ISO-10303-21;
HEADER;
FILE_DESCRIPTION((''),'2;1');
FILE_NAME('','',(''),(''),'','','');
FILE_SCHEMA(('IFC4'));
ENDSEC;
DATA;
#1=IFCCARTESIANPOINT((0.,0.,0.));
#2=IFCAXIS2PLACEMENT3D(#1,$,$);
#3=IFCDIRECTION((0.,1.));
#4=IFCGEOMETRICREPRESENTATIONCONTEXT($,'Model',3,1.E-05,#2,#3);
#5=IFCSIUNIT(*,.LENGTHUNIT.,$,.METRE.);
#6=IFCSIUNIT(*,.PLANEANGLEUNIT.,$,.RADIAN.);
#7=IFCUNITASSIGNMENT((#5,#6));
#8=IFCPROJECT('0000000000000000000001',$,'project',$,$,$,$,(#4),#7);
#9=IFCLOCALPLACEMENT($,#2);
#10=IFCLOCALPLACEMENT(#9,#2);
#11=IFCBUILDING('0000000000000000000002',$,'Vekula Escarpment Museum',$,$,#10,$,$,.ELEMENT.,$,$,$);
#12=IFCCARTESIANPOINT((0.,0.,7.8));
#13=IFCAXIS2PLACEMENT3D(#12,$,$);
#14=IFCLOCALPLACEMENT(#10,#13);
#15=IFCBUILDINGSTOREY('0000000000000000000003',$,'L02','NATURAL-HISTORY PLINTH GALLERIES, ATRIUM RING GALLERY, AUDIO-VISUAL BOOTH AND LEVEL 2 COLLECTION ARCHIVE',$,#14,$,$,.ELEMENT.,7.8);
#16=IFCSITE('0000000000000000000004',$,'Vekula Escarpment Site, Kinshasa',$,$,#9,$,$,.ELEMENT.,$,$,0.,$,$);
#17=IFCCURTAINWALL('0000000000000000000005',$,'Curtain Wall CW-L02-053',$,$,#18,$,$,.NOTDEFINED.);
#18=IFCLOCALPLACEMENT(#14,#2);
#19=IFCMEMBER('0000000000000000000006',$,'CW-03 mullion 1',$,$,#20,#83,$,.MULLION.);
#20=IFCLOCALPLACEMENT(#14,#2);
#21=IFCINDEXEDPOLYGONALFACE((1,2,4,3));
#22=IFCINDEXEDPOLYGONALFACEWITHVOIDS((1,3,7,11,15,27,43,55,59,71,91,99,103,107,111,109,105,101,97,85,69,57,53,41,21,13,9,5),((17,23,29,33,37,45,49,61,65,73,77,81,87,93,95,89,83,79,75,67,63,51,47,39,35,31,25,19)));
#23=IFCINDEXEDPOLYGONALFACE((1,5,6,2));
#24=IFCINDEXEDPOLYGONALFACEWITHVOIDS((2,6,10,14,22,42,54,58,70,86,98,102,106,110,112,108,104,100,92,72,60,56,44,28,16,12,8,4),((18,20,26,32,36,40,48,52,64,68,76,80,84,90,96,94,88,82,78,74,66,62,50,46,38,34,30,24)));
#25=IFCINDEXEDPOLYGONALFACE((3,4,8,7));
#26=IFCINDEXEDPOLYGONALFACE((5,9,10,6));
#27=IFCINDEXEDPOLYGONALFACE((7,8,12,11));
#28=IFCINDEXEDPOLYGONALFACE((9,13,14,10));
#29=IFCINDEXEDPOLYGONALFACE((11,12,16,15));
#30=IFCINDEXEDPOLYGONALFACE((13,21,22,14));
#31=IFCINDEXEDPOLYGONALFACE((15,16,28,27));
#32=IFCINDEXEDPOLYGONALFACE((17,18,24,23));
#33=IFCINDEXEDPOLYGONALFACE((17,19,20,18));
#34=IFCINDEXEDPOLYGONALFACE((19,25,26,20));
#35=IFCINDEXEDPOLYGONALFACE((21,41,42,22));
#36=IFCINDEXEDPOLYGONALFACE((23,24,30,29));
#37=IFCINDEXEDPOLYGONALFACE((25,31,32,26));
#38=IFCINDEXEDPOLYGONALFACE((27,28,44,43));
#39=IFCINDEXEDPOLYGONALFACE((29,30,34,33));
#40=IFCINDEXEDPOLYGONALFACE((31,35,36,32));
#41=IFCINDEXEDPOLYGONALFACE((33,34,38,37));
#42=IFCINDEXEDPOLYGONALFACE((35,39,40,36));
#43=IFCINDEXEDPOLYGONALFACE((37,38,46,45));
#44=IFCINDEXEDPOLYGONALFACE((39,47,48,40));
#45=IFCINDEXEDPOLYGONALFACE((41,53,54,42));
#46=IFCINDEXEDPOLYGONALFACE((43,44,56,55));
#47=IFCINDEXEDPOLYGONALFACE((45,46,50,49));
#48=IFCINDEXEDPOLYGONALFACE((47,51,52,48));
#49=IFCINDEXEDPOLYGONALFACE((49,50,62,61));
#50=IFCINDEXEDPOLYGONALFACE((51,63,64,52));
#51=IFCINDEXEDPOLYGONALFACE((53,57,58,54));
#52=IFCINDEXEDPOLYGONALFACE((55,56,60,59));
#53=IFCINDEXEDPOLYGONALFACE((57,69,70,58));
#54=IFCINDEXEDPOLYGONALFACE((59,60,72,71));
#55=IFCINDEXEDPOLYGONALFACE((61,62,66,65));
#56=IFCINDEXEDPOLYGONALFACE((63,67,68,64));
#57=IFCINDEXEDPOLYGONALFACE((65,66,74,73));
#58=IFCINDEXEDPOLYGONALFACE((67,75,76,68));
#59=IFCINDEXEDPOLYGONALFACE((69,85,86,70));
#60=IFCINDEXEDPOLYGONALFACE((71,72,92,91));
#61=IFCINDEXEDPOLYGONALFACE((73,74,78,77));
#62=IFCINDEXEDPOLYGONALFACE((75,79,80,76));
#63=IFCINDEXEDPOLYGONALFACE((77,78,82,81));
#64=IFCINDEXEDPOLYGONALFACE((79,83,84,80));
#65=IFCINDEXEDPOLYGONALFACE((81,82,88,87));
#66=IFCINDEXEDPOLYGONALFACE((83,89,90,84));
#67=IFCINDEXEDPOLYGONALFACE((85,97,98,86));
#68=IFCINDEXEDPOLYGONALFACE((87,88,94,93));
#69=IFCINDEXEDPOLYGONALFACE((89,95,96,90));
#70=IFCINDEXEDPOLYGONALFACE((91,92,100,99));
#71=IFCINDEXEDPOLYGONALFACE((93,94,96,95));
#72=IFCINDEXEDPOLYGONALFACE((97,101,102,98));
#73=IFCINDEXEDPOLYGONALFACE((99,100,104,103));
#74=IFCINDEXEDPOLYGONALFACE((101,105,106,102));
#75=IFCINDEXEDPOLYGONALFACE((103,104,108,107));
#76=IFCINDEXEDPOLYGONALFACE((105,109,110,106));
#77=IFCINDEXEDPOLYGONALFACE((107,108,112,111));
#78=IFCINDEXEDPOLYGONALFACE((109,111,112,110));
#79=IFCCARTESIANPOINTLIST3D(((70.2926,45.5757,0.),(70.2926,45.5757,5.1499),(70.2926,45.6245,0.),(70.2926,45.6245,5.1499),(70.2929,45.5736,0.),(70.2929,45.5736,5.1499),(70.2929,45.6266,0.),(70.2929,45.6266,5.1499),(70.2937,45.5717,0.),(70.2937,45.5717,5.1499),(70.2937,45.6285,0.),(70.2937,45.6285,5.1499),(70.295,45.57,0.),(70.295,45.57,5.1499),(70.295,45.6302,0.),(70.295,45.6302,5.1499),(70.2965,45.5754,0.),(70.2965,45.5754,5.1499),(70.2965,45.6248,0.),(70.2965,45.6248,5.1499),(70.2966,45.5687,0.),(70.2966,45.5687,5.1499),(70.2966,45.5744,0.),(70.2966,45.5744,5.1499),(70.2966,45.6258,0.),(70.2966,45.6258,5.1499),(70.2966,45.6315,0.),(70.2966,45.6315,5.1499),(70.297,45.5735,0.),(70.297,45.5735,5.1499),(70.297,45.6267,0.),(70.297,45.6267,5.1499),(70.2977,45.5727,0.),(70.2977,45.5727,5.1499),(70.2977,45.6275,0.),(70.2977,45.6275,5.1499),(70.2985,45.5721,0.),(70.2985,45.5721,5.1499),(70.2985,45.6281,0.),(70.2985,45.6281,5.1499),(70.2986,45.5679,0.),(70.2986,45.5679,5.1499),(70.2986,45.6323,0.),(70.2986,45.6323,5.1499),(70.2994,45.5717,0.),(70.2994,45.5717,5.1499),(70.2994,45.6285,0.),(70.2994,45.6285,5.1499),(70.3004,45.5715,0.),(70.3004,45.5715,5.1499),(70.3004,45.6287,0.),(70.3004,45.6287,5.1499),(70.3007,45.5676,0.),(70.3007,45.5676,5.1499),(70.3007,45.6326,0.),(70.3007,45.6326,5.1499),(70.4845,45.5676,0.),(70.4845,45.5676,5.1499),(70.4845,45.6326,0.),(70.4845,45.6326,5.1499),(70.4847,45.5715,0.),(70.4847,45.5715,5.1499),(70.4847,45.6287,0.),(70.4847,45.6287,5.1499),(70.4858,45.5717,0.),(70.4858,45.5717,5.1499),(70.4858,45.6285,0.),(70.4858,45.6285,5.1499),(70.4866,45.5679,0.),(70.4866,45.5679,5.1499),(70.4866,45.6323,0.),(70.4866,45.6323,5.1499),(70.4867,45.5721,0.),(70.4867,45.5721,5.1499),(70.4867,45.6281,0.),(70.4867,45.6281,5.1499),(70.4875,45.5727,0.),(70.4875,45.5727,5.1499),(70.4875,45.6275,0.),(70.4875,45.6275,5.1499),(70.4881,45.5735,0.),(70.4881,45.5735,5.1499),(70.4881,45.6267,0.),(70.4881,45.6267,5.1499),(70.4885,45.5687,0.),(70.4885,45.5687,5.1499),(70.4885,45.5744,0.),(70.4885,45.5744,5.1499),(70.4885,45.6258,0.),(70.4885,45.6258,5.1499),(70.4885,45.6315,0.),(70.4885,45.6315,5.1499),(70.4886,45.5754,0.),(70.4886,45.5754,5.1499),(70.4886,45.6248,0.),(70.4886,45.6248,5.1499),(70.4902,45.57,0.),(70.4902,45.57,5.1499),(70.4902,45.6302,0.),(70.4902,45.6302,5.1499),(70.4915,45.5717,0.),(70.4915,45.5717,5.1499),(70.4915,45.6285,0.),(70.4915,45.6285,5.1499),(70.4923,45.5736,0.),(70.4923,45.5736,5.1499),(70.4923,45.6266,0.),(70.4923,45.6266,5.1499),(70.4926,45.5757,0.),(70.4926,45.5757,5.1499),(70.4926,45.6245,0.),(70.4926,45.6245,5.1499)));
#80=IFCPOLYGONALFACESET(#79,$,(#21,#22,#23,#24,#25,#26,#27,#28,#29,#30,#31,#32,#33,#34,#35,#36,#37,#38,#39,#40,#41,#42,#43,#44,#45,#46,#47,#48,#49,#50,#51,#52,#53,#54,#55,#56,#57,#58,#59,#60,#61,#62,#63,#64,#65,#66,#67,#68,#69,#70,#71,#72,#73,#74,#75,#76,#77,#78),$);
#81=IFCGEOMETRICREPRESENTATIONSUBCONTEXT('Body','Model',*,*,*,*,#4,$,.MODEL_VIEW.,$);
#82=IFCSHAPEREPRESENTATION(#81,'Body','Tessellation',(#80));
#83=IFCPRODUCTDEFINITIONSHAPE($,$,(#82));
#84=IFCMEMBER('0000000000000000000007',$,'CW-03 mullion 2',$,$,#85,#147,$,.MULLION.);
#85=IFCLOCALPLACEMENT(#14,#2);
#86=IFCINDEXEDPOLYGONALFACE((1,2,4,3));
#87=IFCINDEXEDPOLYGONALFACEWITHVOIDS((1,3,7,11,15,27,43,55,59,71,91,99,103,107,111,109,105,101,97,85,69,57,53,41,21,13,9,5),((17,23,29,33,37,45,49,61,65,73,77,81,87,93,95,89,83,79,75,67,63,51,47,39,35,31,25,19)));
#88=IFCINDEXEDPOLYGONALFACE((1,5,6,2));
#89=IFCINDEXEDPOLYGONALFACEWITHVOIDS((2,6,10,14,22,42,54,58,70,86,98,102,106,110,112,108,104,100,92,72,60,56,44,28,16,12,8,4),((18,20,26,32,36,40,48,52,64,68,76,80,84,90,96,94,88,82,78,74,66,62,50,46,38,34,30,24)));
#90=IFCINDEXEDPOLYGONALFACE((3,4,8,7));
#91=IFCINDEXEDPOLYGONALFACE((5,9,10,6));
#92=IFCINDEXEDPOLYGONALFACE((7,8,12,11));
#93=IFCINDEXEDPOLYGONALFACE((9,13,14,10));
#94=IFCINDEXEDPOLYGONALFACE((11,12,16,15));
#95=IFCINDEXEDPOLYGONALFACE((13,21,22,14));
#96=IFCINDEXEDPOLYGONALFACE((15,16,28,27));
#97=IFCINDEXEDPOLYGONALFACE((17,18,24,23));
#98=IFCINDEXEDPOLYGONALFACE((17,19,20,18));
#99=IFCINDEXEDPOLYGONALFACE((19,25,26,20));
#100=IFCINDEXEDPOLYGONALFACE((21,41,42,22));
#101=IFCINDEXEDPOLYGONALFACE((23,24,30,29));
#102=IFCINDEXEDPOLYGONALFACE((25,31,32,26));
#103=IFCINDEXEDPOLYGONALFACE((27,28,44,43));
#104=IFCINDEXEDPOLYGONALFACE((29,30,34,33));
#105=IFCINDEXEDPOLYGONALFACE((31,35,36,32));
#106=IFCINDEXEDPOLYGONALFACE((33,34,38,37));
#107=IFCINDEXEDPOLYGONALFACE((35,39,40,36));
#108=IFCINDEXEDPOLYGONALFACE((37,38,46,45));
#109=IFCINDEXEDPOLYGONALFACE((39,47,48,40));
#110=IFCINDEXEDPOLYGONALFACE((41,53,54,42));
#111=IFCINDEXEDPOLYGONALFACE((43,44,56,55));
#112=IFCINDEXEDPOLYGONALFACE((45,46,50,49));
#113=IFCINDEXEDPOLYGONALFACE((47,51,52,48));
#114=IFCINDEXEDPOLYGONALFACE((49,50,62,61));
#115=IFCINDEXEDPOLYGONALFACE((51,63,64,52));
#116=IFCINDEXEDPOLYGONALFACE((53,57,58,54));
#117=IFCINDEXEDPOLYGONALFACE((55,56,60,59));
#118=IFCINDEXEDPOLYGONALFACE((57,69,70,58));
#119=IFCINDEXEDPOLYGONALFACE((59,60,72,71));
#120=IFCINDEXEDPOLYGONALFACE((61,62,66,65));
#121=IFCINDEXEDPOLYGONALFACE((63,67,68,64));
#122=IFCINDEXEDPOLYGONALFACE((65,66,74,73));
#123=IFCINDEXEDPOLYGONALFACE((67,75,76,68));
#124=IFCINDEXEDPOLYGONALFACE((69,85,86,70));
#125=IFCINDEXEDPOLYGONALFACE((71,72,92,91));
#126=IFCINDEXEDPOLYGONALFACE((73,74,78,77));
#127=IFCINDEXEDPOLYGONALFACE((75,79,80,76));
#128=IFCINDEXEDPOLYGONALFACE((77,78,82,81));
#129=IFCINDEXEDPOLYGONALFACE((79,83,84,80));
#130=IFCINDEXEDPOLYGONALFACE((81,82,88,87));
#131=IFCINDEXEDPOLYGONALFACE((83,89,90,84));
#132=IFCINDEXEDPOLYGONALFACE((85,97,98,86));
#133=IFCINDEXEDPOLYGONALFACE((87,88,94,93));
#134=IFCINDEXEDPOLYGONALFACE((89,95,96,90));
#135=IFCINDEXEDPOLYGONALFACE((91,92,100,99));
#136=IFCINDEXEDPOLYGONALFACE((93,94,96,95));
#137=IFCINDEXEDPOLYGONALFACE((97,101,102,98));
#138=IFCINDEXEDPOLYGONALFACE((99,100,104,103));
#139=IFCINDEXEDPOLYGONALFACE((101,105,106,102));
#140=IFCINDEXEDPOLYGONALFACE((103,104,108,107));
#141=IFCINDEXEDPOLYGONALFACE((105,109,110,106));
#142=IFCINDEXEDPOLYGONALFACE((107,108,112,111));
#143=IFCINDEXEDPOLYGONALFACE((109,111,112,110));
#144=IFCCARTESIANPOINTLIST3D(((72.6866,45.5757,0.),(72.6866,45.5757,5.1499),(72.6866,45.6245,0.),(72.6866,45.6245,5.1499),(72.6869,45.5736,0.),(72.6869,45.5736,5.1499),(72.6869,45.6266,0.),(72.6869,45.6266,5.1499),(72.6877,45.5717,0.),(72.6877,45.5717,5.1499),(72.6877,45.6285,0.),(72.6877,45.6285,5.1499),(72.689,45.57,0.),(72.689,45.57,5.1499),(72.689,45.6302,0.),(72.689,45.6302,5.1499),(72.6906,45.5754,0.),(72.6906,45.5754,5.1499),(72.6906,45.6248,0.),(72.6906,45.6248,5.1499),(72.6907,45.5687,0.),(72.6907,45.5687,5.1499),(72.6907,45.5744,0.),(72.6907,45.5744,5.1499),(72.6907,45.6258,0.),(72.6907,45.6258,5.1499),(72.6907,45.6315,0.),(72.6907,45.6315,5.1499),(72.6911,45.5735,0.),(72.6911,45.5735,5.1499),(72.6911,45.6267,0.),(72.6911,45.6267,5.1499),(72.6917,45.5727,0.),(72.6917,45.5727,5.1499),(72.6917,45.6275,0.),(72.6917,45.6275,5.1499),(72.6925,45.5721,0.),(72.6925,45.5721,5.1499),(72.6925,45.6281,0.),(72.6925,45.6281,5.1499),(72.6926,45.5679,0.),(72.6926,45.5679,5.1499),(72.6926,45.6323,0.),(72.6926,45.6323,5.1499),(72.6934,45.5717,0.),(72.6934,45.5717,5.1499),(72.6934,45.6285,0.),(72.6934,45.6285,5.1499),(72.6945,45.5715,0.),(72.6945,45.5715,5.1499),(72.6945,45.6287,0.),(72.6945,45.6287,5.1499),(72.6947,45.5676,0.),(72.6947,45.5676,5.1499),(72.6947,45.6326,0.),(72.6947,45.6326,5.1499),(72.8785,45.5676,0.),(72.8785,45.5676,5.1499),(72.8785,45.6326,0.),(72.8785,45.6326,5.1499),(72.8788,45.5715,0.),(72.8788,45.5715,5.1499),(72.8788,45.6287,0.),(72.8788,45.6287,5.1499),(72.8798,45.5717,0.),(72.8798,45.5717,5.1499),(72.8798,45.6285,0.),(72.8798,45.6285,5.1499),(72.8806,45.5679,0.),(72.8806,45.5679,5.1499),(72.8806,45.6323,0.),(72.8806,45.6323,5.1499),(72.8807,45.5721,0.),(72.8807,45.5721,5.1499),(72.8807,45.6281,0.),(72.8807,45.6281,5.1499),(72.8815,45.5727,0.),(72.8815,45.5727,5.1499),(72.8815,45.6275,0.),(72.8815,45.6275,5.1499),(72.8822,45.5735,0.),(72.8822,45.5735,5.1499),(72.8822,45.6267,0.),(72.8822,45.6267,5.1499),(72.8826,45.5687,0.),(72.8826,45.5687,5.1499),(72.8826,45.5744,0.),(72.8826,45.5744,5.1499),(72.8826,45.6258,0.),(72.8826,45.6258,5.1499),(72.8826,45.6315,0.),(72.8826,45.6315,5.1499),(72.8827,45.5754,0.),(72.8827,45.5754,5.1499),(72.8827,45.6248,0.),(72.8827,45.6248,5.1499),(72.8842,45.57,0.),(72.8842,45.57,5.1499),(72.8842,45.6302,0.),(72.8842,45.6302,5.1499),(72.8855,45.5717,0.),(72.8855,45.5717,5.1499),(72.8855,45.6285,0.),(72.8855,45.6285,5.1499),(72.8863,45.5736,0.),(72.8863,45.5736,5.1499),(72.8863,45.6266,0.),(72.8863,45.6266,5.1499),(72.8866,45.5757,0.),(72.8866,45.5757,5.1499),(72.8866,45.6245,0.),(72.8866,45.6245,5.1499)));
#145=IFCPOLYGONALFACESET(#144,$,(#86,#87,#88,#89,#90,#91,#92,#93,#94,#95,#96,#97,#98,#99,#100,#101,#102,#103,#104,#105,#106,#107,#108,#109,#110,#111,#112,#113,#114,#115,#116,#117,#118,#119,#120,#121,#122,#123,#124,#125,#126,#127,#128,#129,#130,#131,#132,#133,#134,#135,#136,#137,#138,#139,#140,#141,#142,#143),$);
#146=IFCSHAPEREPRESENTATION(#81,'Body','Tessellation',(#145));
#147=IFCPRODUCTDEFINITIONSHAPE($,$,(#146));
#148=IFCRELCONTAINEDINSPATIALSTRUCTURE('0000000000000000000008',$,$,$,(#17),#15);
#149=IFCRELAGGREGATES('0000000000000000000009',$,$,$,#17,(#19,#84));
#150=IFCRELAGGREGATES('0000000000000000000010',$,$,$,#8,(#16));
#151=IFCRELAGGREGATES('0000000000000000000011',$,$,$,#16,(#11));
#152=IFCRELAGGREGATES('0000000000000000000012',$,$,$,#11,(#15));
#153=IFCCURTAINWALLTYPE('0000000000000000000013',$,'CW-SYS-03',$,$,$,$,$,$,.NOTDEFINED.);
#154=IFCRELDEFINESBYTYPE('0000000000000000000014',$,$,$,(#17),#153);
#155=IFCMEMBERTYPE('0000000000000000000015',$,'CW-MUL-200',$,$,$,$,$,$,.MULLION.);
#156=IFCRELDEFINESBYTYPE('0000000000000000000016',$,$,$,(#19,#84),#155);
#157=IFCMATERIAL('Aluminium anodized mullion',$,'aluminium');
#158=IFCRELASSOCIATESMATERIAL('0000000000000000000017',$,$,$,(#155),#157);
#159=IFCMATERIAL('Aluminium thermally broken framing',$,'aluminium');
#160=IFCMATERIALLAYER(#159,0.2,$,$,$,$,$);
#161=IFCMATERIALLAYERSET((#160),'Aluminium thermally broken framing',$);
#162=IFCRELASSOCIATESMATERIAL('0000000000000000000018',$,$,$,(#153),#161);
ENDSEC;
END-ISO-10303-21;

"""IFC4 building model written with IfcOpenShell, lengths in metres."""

from ifc_helpers import new_model, si_unit, direction, frame, origin, origin_2d, place, context, subcontext, project, spatial, hollow_rectangle, extrude, material, layer, layer_set, material_profile, profile_set, type_object, element, aggregate, save


model = new_model("IFC4")

# Units and contexts
model_context = context("Model", 3, precision=1e-05, world=origin(), true_north=direction((0.0, 1.0)))
body_context = subcontext(model_context, "Body", "Model", "MODEL_VIEW")
ifc_project = project(units=[si_unit("LENGTHUNIT", "METRE"), si_unit("PLANEANGLEUNIT", "RADIAN")], contexts=[model_context])

# Site, building, storey
site_placement = place(None, origin())
site = spatial("IfcSite", under=ifc_project, at=site_placement, Name="Vekula Escarpment Site, Kinshasa", CompositionType="ELEMENT", RefElevation=0.0)
building_placement = place(site_placement, origin())
building = spatial("IfcBuilding", under=site, at=building_placement, Name="Vekula Escarpment Museum", CompositionType="ELEMENT")
storey_placement = place(building_placement, frame((0.0, 0.0, 7.8)))
storey = spatial("IfcBuildingStorey", under=building, at=storey_placement, Name="L02", Description="NATURAL-HISTORY PLINTH GALLERIES, ATRIUM RING GALLERY, AUDIO-VISUAL BOOTH AND LEVEL 2 COLLECTION ARCHIVE", CompositionType="ELEMENT", Elevation=7.8)

# Curtain wall, members
ifc_material_1 = material(Name="Aluminium anodized mullion", Category="aluminium")
ifc_material_profile_1 = material_profile(ifc_material_1, hollow_rectangle(XDim=0.0649, YDim=0.2, WallThickness=0.0039, InnerFilletRadius=0.0039, OuterFilletRadius=0.0081, at=origin_2d()), Name="ALU 200x65x4")
ifc_profile_set_1 = profile_set([ifc_material_profile_1], Name="Aluminium anodized mullion")
member_type_1 = type_object("IfcMemberType", Name="CW-MUL-200", PredefinedType="MULLION", material=ifc_profile_set_1)
ifc_material_2 = material(Name="Aluminium thermally broken framing", Category="aluminium")
ifc_layer_1 = layer(ifc_material_2, 0.2)
ifc_layer_set_1 = layer_set([ifc_layer_1], Name="Aluminium thermally broken framing")
curtain_wall_type_1 = type_object("IfcCurtainWallType", Name="CW-SYS-03", PredefinedType="NOTDEFINED", material=ifc_layer_set_1)
curtain_wall_1_placement = place(storey_placement, origin())
curtain_wall_1 = element("IfcCurtainWall", 1, at=curtain_wall_1_placement, inside=storey, type_object=curtain_wall_type_1, Name="Curtain Wall CW-L02-053", PredefinedType="NOTDEFINED")
member_1_placement = place(storey_placement, frame((70.3926, 45.6001, 0.0), z_axis=(0.0, 0.0, 1.0), x_axis=(0.0, 1.0, 0.0)))
member_1 = element("IfcMember", 2, at=member_1_placement, type_object=member_type_1, Name="CW-03 mullion 1", PredefinedType="MULLION", context=body_context, shape_type="SweptSolid", body=[
    extrude(hollow_rectangle(XDim=0.0649, YDim=0.2, WallThickness=0.0039, InnerFilletRadius=0.0039, OuterFilletRadius=0.0081, at=origin_2d()), origin(), (0.0, 0.0, 1.0), 5.1499),
])
member_2_placement = place(storey_placement, frame((72.7866, 45.6001, 0.0), z_axis=(0.0, 0.0, 1.0), x_axis=(0.0, 1.0, 0.0)))
member_2 = element("IfcMember", 3, at=member_2_placement, type_object=member_type_1, Name="CW-03 mullion 2", PredefinedType="MULLION", context=body_context, shape_type="SweptSolid", body=[
    extrude(hollow_rectangle(XDim=0.0649, YDim=0.2, WallThickness=0.0039, InnerFilletRadius=0.0039, OuterFilletRadius=0.0081, at=origin_2d()), origin(), (0.0, 0.0, 1.0), 5.1499),
])

aggregate(curtain_wall_1, [member_1, member_2])

save(model, "model.ifc")
